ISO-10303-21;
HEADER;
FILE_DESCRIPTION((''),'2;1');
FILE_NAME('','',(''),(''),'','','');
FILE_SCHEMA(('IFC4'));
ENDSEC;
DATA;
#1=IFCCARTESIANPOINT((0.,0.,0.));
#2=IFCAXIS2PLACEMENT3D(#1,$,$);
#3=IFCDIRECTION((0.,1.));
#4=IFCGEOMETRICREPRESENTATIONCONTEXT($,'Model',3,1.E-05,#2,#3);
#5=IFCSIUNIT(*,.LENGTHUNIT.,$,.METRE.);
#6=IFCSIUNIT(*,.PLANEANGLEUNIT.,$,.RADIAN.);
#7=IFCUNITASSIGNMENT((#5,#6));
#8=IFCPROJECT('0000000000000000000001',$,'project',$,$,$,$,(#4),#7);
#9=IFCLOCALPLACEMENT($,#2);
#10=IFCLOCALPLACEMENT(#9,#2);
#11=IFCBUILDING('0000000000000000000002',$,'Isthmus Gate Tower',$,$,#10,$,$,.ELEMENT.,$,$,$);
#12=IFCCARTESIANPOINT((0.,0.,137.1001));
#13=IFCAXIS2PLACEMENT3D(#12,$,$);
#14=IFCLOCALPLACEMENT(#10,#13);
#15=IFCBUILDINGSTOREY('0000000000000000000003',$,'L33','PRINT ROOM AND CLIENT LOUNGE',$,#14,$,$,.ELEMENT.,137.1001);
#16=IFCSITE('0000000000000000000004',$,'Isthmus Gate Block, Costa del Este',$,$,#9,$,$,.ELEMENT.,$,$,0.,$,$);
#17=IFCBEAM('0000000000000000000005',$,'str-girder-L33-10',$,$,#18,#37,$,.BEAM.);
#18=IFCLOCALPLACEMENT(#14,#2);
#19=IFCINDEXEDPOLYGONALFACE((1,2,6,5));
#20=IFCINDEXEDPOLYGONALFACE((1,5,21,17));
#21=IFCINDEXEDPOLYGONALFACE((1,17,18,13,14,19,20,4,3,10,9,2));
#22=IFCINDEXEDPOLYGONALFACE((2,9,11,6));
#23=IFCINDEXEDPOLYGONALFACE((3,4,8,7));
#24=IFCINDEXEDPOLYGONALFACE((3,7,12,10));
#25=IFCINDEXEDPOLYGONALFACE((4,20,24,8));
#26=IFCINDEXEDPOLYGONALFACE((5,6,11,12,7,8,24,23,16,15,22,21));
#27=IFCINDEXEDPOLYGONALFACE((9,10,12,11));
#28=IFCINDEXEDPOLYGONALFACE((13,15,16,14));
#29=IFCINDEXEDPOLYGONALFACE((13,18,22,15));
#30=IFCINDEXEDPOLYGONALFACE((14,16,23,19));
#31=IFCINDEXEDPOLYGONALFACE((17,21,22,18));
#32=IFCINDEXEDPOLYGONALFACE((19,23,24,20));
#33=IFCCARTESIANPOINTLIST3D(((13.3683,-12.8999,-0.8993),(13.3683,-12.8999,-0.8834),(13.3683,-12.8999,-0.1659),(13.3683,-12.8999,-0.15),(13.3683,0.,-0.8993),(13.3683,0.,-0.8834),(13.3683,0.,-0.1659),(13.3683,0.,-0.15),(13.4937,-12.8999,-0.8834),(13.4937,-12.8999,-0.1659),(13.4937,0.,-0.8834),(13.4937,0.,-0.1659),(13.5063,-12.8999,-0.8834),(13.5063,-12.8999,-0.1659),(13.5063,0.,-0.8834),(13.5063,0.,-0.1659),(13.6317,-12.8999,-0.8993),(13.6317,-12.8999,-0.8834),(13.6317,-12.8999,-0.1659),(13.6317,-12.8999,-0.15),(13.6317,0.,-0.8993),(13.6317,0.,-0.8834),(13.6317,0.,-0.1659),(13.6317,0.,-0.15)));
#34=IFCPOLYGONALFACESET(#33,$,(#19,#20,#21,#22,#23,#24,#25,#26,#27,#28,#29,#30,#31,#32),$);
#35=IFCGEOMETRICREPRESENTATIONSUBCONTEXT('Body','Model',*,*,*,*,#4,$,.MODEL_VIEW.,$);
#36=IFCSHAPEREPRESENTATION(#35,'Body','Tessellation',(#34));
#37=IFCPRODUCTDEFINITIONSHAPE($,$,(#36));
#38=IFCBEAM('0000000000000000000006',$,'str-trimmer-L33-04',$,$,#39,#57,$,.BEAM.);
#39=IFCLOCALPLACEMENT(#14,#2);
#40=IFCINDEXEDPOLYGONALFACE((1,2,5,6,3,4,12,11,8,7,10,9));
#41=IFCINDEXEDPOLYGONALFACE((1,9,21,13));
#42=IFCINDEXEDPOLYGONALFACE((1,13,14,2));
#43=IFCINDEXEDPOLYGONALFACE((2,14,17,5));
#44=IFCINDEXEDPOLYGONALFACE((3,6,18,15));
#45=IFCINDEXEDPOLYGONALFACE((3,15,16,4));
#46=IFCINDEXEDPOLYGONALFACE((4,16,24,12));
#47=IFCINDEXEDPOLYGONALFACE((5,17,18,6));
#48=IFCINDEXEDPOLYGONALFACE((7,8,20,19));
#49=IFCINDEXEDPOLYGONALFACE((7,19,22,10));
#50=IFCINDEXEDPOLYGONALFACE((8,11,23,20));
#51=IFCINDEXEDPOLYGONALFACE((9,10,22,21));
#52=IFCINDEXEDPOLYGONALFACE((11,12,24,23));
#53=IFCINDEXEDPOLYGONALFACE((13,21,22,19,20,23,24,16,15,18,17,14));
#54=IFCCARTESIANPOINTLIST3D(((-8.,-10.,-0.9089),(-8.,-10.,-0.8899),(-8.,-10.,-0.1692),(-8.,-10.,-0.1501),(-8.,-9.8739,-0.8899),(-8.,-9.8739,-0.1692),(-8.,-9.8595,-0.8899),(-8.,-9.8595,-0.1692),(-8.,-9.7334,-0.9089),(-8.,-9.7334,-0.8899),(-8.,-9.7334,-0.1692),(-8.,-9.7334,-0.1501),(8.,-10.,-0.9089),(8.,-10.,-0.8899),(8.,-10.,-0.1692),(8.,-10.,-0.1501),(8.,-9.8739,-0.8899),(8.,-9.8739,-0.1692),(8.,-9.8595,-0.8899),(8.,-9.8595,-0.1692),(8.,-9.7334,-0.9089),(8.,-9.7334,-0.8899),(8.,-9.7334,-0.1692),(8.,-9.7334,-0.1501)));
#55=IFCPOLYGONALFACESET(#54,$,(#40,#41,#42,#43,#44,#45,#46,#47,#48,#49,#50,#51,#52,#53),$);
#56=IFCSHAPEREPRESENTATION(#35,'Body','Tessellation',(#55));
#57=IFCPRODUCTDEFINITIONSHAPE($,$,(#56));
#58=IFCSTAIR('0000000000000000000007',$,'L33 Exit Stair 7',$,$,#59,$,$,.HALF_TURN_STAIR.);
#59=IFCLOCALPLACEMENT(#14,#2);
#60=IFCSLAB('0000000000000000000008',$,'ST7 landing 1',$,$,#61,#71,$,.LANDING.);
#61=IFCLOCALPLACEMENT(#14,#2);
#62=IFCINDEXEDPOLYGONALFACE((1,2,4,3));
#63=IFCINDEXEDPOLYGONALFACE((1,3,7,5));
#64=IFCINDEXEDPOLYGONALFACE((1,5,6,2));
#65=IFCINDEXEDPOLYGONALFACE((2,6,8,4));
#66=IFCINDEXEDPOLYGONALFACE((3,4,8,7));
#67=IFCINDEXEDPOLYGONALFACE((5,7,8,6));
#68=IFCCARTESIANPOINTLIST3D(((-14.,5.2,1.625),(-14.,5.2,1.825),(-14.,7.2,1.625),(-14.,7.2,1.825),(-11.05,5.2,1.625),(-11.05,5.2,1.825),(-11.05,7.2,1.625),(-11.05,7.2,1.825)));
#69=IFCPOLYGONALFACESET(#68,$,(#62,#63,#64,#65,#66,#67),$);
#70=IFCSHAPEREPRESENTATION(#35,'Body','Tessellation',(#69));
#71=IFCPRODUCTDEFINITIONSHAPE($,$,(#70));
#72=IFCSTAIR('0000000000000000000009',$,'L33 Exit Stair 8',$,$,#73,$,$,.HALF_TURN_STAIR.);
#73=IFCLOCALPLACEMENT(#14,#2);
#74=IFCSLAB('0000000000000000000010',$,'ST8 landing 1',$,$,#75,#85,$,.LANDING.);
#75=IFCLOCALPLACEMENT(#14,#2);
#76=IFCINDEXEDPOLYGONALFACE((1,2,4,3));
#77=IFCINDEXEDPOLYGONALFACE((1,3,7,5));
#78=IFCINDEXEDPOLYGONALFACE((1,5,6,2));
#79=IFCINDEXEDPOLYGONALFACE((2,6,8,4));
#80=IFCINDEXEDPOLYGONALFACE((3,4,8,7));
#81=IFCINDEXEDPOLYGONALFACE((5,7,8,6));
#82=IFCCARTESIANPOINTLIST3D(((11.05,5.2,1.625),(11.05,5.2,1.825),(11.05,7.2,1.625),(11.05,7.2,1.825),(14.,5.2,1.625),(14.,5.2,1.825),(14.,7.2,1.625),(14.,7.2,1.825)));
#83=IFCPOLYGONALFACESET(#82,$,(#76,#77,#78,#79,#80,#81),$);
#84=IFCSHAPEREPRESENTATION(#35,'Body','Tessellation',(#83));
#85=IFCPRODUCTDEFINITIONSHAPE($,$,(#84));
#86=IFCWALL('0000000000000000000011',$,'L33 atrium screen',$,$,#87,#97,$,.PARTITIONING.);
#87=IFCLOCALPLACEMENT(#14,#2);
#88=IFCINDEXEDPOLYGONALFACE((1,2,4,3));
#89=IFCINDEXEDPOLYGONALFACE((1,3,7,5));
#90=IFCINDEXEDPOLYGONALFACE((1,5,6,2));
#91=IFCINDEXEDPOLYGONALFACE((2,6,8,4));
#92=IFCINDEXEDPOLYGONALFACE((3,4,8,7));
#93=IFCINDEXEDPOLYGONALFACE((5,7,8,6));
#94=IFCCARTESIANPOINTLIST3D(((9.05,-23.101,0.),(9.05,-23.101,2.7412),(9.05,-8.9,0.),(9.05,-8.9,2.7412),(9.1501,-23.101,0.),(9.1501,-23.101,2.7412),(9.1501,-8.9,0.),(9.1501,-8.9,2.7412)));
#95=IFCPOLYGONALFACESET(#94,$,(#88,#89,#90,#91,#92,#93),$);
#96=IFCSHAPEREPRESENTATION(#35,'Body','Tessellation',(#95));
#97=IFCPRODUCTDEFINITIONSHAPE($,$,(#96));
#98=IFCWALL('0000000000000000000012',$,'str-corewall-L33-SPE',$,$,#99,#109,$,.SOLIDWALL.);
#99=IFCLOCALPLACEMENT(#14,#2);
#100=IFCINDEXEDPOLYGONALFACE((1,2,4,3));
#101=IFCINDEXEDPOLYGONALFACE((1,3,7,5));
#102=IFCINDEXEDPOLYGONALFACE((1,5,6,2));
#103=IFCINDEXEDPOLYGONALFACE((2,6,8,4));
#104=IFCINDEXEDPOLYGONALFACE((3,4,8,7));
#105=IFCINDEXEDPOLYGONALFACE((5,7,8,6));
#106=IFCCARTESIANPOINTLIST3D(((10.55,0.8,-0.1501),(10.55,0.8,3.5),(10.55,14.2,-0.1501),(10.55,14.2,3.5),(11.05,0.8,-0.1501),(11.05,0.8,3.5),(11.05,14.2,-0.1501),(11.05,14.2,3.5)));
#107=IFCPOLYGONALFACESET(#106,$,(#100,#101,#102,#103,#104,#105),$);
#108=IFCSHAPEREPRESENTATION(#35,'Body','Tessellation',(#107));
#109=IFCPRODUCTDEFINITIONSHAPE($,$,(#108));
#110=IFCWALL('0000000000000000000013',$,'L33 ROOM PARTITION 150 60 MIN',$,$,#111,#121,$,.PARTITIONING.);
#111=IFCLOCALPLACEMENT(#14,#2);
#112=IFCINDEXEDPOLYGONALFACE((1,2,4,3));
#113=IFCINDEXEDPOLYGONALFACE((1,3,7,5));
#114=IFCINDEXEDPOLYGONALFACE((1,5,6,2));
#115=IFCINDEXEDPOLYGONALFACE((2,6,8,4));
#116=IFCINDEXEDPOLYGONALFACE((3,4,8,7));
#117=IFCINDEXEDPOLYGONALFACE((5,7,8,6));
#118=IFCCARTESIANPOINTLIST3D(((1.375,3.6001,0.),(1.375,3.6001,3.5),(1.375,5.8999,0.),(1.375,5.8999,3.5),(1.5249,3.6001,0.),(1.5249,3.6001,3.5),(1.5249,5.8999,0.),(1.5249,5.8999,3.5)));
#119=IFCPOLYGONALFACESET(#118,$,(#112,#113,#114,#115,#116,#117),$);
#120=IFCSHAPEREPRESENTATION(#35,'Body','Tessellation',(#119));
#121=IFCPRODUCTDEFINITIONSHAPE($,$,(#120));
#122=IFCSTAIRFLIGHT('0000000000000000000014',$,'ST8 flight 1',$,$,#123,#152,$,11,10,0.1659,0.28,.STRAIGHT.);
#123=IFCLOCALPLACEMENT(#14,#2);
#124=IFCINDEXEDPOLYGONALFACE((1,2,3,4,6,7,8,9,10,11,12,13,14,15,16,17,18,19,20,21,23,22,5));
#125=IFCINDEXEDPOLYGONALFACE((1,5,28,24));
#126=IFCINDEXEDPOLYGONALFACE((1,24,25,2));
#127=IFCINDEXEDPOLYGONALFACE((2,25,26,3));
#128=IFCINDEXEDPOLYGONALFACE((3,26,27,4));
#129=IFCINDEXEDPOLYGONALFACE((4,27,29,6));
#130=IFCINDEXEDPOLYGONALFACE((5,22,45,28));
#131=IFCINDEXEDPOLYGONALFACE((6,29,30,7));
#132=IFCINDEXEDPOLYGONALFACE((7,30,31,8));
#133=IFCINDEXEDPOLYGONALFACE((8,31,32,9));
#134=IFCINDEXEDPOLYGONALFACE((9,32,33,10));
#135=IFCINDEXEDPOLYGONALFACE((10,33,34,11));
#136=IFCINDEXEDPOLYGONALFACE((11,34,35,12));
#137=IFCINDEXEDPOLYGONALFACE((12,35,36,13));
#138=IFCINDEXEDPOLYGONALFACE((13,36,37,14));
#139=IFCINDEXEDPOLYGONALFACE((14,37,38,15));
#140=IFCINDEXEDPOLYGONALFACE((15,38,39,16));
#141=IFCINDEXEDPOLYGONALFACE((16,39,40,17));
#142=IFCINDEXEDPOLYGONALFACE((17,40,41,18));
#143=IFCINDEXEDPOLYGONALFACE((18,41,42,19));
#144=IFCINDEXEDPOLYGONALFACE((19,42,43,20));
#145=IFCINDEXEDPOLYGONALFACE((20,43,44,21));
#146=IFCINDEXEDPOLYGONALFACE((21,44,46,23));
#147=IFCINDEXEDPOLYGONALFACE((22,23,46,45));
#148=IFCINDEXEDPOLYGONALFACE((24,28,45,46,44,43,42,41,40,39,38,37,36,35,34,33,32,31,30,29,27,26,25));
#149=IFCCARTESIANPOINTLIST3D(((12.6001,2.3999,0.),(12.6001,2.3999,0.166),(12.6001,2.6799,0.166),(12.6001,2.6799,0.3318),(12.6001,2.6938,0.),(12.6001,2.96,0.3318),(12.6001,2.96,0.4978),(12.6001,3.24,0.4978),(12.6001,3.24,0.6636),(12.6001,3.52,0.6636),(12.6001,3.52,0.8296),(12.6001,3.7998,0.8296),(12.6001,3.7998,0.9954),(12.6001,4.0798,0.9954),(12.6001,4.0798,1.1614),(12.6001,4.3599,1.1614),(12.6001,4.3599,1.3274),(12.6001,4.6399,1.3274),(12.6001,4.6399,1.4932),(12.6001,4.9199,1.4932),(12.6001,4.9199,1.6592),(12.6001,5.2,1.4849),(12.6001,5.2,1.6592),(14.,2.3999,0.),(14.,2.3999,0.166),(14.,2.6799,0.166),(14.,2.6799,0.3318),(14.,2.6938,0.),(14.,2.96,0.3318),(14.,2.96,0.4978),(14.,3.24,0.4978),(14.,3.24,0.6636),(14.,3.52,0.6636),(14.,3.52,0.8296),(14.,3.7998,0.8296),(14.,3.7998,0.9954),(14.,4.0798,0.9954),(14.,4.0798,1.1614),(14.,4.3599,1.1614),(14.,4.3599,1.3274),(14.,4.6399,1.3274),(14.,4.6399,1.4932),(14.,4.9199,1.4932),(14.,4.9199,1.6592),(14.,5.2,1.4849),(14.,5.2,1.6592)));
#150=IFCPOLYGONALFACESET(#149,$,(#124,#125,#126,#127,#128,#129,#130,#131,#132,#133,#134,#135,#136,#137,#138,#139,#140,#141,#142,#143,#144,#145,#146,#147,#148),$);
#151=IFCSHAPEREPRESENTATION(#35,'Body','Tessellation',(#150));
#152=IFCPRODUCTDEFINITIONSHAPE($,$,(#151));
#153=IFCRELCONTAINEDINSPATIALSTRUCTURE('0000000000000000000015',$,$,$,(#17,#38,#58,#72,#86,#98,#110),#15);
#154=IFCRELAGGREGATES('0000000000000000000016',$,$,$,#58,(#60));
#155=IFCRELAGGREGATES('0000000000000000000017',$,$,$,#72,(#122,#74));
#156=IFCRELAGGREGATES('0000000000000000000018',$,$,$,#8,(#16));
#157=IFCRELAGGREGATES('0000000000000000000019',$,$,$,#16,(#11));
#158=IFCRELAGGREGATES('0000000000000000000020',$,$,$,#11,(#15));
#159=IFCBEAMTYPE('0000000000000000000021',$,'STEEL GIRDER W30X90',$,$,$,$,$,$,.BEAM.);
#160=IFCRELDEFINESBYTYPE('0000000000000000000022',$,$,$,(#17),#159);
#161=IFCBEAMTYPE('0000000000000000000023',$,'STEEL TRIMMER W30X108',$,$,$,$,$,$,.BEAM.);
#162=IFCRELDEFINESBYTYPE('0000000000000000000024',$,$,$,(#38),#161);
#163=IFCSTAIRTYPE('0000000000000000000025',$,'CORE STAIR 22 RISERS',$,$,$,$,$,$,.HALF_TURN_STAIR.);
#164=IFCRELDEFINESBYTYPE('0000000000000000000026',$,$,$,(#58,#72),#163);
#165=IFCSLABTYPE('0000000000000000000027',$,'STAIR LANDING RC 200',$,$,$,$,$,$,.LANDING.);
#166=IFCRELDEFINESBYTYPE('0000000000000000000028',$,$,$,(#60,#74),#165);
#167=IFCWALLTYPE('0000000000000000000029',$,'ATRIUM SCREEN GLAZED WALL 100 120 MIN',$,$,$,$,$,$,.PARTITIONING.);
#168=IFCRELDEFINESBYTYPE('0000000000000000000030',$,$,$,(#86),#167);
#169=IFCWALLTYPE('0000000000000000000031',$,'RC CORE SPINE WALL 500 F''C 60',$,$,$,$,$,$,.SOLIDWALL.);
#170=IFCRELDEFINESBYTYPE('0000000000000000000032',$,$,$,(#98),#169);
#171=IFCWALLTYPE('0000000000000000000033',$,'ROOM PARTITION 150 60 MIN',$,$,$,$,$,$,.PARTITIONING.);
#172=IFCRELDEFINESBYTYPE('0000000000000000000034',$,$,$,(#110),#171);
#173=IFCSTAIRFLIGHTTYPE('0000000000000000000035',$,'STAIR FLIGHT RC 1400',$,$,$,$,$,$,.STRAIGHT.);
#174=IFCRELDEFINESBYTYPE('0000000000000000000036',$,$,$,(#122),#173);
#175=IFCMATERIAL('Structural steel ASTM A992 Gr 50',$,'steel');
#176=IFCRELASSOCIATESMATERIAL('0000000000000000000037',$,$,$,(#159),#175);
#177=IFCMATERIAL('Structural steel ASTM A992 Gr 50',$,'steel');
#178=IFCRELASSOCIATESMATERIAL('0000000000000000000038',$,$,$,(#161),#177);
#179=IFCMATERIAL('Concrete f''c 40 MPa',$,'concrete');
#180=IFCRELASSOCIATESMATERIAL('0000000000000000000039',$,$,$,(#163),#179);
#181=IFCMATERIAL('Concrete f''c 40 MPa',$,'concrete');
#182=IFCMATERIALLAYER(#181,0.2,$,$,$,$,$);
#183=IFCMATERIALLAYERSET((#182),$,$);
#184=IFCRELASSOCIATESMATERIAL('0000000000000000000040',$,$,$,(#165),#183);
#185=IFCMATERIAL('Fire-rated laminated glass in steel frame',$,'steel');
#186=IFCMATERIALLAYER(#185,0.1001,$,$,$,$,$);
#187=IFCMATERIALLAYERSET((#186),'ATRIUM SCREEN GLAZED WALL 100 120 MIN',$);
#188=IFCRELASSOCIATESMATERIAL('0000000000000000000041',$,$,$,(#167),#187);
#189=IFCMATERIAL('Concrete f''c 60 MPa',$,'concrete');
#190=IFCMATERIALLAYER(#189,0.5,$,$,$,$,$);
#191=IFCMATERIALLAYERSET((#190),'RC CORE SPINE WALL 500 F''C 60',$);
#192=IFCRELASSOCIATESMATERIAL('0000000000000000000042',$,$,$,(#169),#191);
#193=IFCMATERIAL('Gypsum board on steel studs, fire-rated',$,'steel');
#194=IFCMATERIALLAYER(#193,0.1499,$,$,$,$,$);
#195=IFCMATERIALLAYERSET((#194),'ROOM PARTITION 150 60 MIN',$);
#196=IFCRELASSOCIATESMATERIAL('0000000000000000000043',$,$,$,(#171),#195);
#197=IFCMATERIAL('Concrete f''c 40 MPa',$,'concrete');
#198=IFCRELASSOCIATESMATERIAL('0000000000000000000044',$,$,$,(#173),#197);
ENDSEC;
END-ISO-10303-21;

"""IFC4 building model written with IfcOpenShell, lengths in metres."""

from ifc_helpers import new_model, si_unit, direction, frame, frame_2d, origin, origin_2d, place, context, subcontext, project, spatial, polyline, rectangle, i_section, outline, extrude, material, layer, layer_set, material_profile, profile_set, type_object, element, aggregate, save


model = new_model("IFC4")

# Units and contexts
model_context = context("Model", 3, precision=1e-05, world=origin(), true_north=direction((0.0, 1.0)))
body_context = subcontext(model_context, "Body", "Model", "MODEL_VIEW")
ifc_project = project(units=[si_unit("LENGTHUNIT", "METRE"), si_unit("PLANEANGLEUNIT", "RADIAN")], contexts=[model_context])

# Site, building, storey
site_placement = place(None, origin())
site = spatial("IfcSite", under=ifc_project, at=site_placement, Name="Isthmus Gate Block, Costa del Este", CompositionType="ELEMENT", RefElevation=0.0)
building_placement = place(site_placement, origin())
building = spatial("IfcBuilding", under=site, at=building_placement, Name="Isthmus Gate Tower", CompositionType="ELEMENT")
storey_placement = place(building_placement, frame((0.0, 0.0, 137.1001)))
storey = spatial("IfcBuildingStorey", under=building, at=storey_placement, Name="L33", Description="PRINT ROOM AND CLIENT LOUNGE", CompositionType="ELEMENT", Elevation=137.1001)

# Beams
ifc_material_1 = material(Name="Structural steel ASTM A992 Gr 50", Category="steel")
ifc_material_profile_1 = material_profile(ifc_material_1, i_section(OverallWidth=0.2634, OverallDepth=0.7493, WebThickness=0.0127, FlangeThickness=0.0159, at=origin_2d()), Name="W30X90")
ifc_profile_set_1 = profile_set([ifc_material_profile_1], Name="Structural steel ASTM A992 Gr 50")
beam_type_1 = type_object("IfcBeamType", Name="STEEL GIRDER W30X90", PredefinedType="BEAM", material=ifc_profile_set_1)
beam_1_placement = place(storey_placement, frame((13.5, -12.8999, -0.5247), z_axis=(0.0, 1.0, 0.0), x_axis=(-1.0, 0.0, 0.0)))
element("IfcBeam", 1, at=beam_1_placement, inside=storey, type_object=beam_type_1, Name="str-girder-L33-10", PredefinedType="BEAM", context=body_context, shape_type="SweptSolid", body=[
    extrude(i_section(OverallWidth=0.2634, OverallDepth=0.7493, WebThickness=0.0127, FlangeThickness=0.0159, at=origin_2d()), origin(), (0.0, 0.0, 1.0), 12.8999),
])
ifc_material_2 = material(Name="Structural steel ASTM A992 Gr 50", Category="steel")
ifc_material_profile_2 = material_profile(ifc_material_2, i_section(OverallWidth=0.2666, OverallDepth=0.7588, WebThickness=0.0144, FlangeThickness=0.019, at=origin_2d()), Name="W30X108")
ifc_profile_set_2 = profile_set([ifc_material_profile_2], Name="Structural steel ASTM A992 Gr 50")
beam_type_2 = type_object("IfcBeamType", Name="STEEL TRIMMER W30X108", PredefinedType="BEAM", material=ifc_profile_set_2)
beam_2_placement = place(storey_placement, frame((8.0, -9.8667, -0.5295), z_axis=(-1.0, 0.0, 0.0), x_axis=(0.0, -1.0, 0.0)))
element("IfcBeam", 2, at=beam_2_placement, inside=storey, type_object=beam_type_2, Name="str-trimmer-L33-04", PredefinedType="BEAM", context=body_context, shape_type="SweptSolid", body=[
    extrude(i_section(OverallWidth=0.2666, OverallDepth=0.7588, WebThickness=0.0144, FlangeThickness=0.019, at=origin_2d()), origin(), (0.0, 0.0, 1.0), 16.0),
])

# Stairs, slabs
ifc_material_3 = material(Name="Concrete f'c 40 MPa", Category="concrete")
stair_type = type_object("IfcStairType", Name="CORE STAIR 22 RISERS", PredefinedType="HALF_TURN_STAIR", material=ifc_material_3)
stair_1_placement = place(storey_placement, origin())
stair_1 = element("IfcStair", 3, at=stair_1_placement, inside=storey, type_object=stair_type, Name="L33 Exit Stair 7", PredefinedType="HALF_TURN_STAIR")
ifc_material_4 = material(Name="Concrete f'c 40 MPa", Category="concrete")
ifc_layer_1 = layer(ifc_material_4, 0.2)
ifc_layer_set_1 = layer_set([ifc_layer_1])
slab_type = type_object("IfcSlabType", Name="STAIR LANDING RC 200", PredefinedType="LANDING", material=ifc_layer_set_1)
slab_1_placement = place(storey_placement, frame((0.0, 0.0, 1.625)))
slab_1 = element("IfcSlab", 4, at=slab_1_placement, type_object=slab_type, Name="ST7 landing 1", PredefinedType="LANDING", context=body_context, shape_type="SweptSolid", body=[
    extrude(outline(polyline([(-11.05, 5.2), (-11.05, 7.2), (-14.0, 7.2), (-14.0, 5.2), (-11.05, 5.2)])), origin(), (0.0, 0.0, 1.0), 0.2),
])
aggregate(stair_1, [slab_1])
stair_2_placement = place(storey_placement, origin())
stair_2 = element("IfcStair", 5, at=stair_2_placement, inside=storey, type_object=stair_type, Name="L33 Exit Stair 8", PredefinedType="HALF_TURN_STAIR")
slab_2_placement = place(storey_placement, frame((0.0, 0.0, 1.625)))
slab_2 = element("IfcSlab", 6, at=slab_2_placement, type_object=slab_type, Name="ST8 landing 1", PredefinedType="LANDING", context=body_context, shape_type="SweptSolid", body=[
    extrude(outline(polyline([(14.0, 5.2), (14.0, 7.2), (11.05, 7.2), (11.05, 5.2), (14.0, 5.2)])), origin(), (0.0, 0.0, 1.0), 0.2),
])

# Walls
ifc_material_5 = material(Name="Fire-rated laminated glass in steel frame", Category="steel")
ifc_layer_2 = layer(ifc_material_5, 0.1001)
ifc_layer_set_2 = layer_set([ifc_layer_2], Name="ATRIUM SCREEN GLAZED WALL 100 120 MIN")
wall_type_1 = type_object("IfcWallType", Name="ATRIUM SCREEN GLAZED WALL 100 120 MIN", PredefinedType="PARTITIONING", material=ifc_layer_set_2)
wall_1_placement = place(storey_placement, frame((9.1001, -8.8999, 0.0), z_axis=(0.0, 0.0, 1.0), x_axis=(0.0, -1.0, 0.0)))
element("IfcWall", 7, at=wall_1_placement, inside=storey, type_object=wall_type_1, Name="L33 atrium screen", PredefinedType="PARTITIONING", context=body_context, shape_type="SweptSolid", body=[
    extrude(rectangle(XDim=14.2009, YDim=0.1001, at=frame_2d((7.1006, 0.0))), origin(), (0.0, 0.0, 1.0), 2.7412),
])
ifc_material_6 = material(Name="Concrete f'c 60 MPa", Category="concrete")
ifc_layer_3 = layer(ifc_material_6, 0.5)
ifc_layer_set_3 = layer_set([ifc_layer_3], Name="RC CORE SPINE WALL 500 F'C 60")
wall_type_2 = type_object("IfcWallType", Name="RC CORE SPINE WALL 500 F'C 60", PredefinedType="SOLIDWALL", material=ifc_layer_set_3)
wall_2_placement = place(storey_placement, frame((10.8, 0.8, -0.1501), z_axis=(0.0, 0.0, 1.0), x_axis=(0.0, 1.0, 0.0)))
element("IfcWall", 8, at=wall_2_placement, inside=storey, type_object=wall_type_2, Name="str-corewall-L33-SPE", PredefinedType="SOLIDWALL", context=body_context, shape_type="SweptSolid", body=[
    extrude(rectangle(XDim=13.3999, YDim=0.5, at=frame_2d((6.7, 0.0))), origin(), (0.0, 0.0, 1.0), 3.6501),
])
ifc_material_7 = material(Name="Gypsum board on steel studs, fire-rated", Category="steel")
ifc_layer_4 = layer(ifc_material_7, 0.1499)
ifc_layer_set_4 = layer_set([ifc_layer_4], Name="ROOM PARTITION 150 60 MIN")
wall_type_3 = type_object("IfcWallType", Name="ROOM PARTITION 150 60 MIN", PredefinedType="PARTITIONING", material=ifc_layer_set_4)
wall_3_placement = place(storey_placement, frame((1.45, 3.6001, 0.0), z_axis=(0.0, 0.0, 1.0), x_axis=(0.0, 1.0, 0.0)))
element("IfcWall", 9, at=wall_3_placement, inside=storey, type_object=wall_type_3, Name="L33 ROOM PARTITION 150 60 MIN", PredefinedType="PARTITIONING", context=body_context, shape_type="SweptSolid", body=[
    extrude(rectangle(XDim=2.2998, YDim=0.1499, at=frame_2d((1.1499, 0.0))), origin(), (0.0, 0.0, 1.0), 3.5),
])

# Stair flight
ifc_material_8 = material(Name="Concrete f'c 40 MPa", Category="concrete")
stair_flight_type = type_object("IfcStairFlightType", Name="STAIR FLIGHT RC 1400", PredefinedType="STRAIGHT", material=ifc_material_8)
stair_flight_placement = place(storey_placement, frame((13.3, 2.3999, 0.0), z_axis=(0.0, 0.0, 1.0), x_axis=(0.0, 1.0, 0.0)))
stair_flight = element("IfcStairFlight", 10, at=stair_flight_placement, type_object=stair_flight_type, Name="ST8 flight 1", NumberOfRisers=11, NumberOfTreads=10, PredefinedType="STRAIGHT", RiserHeight=0.1659, TreadLength=0.28, context=body_context, shape_type="SweptSolid", body=[
    extrude(outline(polyline([(0.0, 0.0), (0.0, 0.166), (0.28, 0.166), (0.28, 0.3318), (0.5601, 0.3318), (0.5601, 0.4978), (0.8401, 0.4978), (0.8401, 0.6636), (1.1201, 0.6636), (1.1201, 0.8296), (1.3999, 0.8296), (1.3999, 0.9954), (1.6799, 0.9954), (1.6799, 1.1614), (1.96, 1.1614), (1.96, 1.3274), (2.24, 1.3274), (2.24, 1.4932), (2.52, 1.4932), (2.52, 1.6592), (2.8, 1.6592), (2.8, 1.825), (2.8, 1.4849), (0.2939, 0.0), (0.0, 0.0)])), frame((0.0, 0.7, 0.0), z_axis=(0.0, -1.0, 0.0), x_axis=(1.0, 0.0, 0.0)), (0.0, 0.0, 1.0), 1.3999),
])
aggregate(stair_2, [stair_flight, slab_2])

save(model, "model.ifc")
